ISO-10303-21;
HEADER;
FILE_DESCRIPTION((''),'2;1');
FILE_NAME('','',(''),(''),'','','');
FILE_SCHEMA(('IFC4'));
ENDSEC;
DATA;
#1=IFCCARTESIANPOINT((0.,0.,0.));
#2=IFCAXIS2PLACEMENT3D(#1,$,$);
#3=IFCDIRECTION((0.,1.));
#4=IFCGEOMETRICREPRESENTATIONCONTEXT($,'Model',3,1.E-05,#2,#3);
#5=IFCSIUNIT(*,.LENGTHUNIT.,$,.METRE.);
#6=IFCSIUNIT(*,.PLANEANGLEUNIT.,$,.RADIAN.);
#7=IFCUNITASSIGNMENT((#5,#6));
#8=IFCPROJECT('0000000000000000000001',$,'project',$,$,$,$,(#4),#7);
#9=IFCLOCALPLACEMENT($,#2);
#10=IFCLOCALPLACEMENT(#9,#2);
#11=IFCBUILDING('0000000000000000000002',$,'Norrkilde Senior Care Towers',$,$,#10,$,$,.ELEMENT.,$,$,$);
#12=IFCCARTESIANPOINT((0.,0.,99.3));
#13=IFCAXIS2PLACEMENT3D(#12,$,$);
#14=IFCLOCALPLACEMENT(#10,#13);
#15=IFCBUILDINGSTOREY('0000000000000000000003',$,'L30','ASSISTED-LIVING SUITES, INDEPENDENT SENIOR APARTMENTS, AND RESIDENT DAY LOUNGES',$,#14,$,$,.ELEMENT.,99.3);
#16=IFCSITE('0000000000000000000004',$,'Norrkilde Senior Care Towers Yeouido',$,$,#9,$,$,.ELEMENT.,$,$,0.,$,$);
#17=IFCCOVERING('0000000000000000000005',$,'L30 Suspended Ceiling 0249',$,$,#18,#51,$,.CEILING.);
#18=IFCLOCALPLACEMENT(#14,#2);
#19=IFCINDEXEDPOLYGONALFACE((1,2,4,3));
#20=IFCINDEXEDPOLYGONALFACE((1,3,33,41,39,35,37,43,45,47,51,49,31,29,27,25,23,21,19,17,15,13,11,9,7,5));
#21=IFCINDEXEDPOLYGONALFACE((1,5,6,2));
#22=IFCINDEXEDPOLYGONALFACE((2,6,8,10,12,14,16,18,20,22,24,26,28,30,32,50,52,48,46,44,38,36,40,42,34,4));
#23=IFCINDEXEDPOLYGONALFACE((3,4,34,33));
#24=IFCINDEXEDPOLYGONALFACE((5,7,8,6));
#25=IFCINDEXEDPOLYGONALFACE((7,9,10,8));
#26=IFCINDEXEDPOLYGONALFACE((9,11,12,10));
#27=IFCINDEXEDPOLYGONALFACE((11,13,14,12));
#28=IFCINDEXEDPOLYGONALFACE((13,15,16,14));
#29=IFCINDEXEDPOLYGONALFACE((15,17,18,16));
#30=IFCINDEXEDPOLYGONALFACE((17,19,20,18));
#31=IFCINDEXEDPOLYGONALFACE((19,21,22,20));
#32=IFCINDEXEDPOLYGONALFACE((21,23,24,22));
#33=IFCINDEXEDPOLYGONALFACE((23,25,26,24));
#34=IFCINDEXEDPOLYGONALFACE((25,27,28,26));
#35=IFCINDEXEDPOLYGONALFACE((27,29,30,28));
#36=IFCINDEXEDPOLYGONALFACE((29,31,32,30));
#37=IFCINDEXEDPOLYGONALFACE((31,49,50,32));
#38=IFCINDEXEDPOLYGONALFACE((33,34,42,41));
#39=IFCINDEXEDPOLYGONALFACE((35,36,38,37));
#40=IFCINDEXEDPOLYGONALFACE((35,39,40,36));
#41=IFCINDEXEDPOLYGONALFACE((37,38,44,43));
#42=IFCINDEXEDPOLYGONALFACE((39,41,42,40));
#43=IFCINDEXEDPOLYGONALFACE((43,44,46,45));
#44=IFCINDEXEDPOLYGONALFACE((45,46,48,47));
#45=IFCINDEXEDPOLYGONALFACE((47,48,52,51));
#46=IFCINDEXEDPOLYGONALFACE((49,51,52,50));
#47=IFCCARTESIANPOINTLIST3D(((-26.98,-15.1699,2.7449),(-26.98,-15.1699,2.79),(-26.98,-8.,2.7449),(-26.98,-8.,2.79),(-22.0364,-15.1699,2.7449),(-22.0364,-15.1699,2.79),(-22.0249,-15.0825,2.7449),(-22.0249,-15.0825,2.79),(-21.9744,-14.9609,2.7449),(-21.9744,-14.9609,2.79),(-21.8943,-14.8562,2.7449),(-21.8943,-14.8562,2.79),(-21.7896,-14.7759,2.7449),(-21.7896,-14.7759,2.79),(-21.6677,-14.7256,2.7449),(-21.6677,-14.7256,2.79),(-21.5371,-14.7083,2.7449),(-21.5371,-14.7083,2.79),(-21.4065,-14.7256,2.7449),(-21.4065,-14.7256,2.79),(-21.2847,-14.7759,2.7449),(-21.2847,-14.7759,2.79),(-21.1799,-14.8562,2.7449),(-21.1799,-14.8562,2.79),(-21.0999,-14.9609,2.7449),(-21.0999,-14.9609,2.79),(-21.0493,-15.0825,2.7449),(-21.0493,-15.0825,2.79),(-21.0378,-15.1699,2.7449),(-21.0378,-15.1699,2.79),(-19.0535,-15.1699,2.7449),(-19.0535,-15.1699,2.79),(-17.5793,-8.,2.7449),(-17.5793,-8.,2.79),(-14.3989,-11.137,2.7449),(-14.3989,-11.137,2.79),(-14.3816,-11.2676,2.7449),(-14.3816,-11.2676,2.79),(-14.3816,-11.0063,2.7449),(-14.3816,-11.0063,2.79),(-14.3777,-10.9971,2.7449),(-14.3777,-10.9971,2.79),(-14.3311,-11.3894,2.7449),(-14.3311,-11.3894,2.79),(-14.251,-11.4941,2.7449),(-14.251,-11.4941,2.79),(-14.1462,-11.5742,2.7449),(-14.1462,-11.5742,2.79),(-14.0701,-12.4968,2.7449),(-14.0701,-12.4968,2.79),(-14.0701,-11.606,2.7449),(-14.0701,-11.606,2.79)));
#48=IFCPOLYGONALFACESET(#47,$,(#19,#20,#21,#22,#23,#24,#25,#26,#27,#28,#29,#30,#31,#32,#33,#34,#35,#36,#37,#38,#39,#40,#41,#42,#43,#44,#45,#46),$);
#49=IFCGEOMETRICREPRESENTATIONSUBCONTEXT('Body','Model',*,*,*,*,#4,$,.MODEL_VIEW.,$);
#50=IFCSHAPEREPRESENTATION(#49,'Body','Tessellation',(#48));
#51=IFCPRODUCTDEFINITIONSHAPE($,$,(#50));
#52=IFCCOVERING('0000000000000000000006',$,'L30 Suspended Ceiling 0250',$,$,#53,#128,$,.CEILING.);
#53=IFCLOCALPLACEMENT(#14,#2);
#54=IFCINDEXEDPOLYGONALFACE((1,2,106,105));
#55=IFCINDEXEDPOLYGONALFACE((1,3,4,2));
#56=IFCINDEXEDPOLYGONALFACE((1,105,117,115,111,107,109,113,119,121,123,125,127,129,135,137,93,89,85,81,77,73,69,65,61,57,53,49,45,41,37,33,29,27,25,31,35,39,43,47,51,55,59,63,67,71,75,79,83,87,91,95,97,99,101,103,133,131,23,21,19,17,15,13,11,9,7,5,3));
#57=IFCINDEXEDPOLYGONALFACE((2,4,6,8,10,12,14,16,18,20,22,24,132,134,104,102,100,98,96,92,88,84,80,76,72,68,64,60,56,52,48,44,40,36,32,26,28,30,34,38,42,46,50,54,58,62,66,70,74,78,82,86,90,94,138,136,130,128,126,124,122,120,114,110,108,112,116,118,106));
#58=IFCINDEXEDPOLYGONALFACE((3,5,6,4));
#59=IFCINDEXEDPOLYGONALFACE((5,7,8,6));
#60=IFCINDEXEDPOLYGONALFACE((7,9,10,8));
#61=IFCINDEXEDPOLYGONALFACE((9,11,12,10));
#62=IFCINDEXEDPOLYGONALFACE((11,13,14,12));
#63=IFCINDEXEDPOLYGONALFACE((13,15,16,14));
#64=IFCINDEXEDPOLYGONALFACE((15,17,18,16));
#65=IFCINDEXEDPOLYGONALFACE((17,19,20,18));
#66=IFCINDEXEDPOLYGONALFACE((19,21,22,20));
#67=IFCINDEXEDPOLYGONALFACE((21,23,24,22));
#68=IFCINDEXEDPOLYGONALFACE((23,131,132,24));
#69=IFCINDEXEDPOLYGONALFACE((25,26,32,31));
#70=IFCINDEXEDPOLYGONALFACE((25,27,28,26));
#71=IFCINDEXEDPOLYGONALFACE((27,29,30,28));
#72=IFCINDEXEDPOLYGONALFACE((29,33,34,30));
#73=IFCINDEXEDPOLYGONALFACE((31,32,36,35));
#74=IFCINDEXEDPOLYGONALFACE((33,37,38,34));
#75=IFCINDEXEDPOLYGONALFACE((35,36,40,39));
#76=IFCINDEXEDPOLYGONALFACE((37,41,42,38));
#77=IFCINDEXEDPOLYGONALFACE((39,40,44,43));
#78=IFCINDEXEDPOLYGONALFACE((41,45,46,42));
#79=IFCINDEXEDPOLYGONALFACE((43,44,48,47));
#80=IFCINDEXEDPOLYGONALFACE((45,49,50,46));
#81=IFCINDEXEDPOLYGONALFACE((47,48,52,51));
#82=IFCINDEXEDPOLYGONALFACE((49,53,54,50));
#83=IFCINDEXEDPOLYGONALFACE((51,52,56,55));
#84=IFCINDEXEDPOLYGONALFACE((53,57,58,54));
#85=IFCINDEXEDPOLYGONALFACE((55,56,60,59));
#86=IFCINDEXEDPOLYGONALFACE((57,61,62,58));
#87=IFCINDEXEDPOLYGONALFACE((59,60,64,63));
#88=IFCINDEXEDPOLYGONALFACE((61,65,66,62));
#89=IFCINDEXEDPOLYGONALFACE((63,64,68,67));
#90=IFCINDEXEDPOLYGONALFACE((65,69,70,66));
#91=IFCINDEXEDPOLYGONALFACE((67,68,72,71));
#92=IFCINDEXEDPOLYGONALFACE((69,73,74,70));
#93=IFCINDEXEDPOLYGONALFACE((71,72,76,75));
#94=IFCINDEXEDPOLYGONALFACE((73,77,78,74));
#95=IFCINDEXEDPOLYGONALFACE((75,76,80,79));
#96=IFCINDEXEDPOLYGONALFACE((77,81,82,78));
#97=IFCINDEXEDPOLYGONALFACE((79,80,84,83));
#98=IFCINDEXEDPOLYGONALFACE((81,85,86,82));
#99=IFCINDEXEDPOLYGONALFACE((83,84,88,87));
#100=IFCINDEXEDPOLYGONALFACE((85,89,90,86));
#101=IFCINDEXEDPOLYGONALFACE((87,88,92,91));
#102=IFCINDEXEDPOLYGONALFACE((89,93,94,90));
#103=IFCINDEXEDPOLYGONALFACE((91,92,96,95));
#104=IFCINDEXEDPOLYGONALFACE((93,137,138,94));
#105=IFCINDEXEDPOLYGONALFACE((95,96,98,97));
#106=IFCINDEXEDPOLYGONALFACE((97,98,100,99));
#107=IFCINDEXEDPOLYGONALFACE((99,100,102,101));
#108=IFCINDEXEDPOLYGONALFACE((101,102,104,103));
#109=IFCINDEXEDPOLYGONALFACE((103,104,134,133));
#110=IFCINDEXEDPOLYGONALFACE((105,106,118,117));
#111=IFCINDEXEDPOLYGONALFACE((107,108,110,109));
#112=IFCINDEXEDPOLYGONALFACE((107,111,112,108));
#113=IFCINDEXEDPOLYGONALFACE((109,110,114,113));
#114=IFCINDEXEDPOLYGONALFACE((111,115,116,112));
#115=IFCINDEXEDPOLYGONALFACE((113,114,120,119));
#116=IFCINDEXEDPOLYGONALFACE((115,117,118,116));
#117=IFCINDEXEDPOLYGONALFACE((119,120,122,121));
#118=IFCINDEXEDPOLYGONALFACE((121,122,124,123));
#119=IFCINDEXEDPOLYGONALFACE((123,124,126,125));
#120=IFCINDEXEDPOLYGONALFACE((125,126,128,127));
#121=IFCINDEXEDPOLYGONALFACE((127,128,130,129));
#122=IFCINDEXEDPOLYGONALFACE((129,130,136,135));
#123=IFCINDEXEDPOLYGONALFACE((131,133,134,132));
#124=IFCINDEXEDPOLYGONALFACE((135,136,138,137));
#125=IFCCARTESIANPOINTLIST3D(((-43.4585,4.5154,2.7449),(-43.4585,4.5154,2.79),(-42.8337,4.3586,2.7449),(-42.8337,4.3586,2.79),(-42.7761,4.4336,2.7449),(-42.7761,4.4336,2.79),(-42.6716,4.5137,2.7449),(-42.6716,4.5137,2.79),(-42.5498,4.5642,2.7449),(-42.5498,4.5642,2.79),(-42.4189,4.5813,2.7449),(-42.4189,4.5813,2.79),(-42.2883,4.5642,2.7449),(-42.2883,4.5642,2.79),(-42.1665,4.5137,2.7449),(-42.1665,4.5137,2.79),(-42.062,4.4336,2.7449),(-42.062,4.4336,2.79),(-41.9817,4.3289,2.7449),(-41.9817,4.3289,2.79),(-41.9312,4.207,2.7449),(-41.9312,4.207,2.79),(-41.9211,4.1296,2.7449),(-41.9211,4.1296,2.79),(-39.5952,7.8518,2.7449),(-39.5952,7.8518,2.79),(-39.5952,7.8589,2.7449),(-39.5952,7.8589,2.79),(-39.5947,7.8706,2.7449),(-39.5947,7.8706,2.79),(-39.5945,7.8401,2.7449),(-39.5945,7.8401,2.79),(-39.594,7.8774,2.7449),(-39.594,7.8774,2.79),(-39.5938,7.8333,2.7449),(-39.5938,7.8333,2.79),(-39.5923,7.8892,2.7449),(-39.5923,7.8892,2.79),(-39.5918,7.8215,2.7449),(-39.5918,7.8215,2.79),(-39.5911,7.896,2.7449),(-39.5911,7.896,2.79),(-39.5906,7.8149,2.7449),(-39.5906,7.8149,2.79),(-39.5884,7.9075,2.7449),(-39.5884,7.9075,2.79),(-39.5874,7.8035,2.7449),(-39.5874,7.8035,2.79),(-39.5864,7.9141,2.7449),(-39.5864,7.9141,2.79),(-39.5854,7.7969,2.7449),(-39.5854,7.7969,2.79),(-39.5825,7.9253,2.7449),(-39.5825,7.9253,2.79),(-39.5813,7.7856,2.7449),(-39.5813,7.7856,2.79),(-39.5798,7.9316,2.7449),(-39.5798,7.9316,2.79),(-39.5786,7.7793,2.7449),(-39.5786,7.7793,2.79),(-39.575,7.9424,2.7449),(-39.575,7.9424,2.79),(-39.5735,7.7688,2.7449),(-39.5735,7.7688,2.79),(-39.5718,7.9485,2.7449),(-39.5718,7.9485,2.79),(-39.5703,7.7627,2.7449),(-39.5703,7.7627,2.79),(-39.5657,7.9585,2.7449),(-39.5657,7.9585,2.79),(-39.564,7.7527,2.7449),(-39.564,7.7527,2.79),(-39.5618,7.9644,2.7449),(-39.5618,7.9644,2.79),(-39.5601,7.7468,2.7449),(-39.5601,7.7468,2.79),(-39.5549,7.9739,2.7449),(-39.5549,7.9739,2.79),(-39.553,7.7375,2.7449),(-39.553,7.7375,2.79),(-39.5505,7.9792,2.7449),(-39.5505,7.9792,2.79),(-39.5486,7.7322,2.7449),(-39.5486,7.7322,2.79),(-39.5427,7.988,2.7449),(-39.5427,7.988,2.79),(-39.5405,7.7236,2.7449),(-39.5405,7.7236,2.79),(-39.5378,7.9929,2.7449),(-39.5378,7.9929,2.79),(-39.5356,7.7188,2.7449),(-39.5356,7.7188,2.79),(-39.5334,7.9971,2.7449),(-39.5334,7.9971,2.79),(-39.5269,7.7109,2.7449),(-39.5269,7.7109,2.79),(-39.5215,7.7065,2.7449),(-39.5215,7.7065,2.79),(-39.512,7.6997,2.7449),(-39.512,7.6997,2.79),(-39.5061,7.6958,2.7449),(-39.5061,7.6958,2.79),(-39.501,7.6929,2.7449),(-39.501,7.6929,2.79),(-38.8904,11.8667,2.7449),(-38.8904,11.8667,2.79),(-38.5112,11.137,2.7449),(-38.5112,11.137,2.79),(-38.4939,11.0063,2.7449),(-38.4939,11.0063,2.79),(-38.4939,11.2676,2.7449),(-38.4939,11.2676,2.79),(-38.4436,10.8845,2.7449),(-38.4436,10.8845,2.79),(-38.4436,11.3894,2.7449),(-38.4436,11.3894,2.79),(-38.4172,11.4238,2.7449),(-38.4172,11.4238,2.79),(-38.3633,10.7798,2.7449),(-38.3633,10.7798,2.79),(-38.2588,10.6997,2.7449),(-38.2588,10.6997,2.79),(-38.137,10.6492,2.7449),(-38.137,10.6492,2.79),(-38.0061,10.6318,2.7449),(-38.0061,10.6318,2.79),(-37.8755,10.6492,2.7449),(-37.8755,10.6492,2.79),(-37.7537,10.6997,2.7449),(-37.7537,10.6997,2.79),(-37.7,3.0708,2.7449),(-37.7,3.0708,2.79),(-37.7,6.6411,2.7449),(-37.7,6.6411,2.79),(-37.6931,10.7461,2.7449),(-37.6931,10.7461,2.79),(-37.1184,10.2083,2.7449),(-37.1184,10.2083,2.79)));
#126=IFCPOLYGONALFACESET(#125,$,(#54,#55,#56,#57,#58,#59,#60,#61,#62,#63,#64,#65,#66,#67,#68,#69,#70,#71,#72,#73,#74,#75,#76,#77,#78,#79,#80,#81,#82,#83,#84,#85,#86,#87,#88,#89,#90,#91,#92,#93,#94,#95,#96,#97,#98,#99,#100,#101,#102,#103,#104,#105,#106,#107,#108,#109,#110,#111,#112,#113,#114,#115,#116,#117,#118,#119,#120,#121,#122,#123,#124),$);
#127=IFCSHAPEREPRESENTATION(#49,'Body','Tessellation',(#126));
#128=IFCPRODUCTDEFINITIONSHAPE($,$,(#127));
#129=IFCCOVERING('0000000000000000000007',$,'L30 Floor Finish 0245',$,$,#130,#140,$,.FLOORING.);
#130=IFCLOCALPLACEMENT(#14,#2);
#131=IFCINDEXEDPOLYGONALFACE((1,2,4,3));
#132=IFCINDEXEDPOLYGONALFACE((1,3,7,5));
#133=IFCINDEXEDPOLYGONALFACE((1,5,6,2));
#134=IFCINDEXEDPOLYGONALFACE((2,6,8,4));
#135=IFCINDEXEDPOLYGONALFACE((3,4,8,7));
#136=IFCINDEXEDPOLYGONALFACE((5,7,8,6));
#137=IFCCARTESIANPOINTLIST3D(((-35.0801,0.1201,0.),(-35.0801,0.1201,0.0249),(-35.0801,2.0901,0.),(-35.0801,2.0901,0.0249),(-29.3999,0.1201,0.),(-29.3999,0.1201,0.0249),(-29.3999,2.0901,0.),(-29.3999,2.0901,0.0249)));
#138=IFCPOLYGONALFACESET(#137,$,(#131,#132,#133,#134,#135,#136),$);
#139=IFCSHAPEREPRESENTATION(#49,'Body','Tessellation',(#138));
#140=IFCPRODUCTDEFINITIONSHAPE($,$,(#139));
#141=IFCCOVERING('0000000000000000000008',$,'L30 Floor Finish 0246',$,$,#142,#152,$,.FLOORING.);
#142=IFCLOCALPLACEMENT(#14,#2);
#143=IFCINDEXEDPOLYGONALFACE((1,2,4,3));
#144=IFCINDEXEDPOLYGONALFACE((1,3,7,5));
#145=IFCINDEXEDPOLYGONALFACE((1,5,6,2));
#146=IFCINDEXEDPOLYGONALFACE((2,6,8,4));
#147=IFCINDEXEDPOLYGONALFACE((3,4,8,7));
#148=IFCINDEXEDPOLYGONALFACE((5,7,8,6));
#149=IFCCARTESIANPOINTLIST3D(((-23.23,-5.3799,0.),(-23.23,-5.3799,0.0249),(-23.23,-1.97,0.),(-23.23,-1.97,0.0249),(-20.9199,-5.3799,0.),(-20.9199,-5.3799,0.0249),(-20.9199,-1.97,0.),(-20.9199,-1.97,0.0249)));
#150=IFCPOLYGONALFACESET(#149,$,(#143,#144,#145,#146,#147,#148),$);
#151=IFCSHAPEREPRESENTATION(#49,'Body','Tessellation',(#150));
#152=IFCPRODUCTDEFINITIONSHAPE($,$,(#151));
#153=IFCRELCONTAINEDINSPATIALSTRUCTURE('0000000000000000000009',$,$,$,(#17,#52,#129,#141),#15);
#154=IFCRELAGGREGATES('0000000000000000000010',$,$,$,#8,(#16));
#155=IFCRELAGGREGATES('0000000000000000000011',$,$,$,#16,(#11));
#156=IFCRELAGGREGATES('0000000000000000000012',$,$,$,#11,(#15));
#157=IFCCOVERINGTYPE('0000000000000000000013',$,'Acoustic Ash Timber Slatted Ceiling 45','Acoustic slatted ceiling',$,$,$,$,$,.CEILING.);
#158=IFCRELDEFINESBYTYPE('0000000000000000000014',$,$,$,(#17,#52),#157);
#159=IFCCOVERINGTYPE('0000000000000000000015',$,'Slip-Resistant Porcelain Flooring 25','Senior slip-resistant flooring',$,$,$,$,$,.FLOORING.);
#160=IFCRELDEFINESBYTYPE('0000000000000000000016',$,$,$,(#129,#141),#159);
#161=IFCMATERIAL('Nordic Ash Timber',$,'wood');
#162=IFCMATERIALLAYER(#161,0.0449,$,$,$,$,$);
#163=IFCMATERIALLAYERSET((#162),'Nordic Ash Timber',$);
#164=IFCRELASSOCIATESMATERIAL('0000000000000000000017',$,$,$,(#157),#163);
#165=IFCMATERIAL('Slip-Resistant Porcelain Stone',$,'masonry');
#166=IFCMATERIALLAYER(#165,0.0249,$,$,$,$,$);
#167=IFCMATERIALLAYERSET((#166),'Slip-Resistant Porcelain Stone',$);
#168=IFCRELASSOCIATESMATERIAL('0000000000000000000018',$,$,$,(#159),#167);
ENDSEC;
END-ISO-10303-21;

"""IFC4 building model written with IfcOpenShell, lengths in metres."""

from ifc_helpers import new_model, si_unit, direction, frame, origin, place, context, subcontext, project, spatial, polyline, outline, extrude, material, layer, layer_set, type_object, element, save


model = new_model("IFC4")

# Units and contexts
model_context = context("Model", 3, precision=1e-05, world=origin(), true_north=direction((0.0, 1.0)))
body_context = subcontext(model_context, "Body", "Model", "MODEL_VIEW")
ifc_project = project(units=[si_unit("LENGTHUNIT", "METRE"), si_unit("PLANEANGLEUNIT", "RADIAN")], contexts=[model_context])

# Site, building, storey
site_placement = place(None, origin())
site = spatial("IfcSite", under=ifc_project, at=site_placement, Name="Norrkilde Senior Care Towers Yeouido", CompositionType="ELEMENT", RefElevation=0.0)
building_placement = place(site_placement, origin())
building = spatial("IfcBuilding", under=site, at=building_placement, Name="Norrkilde Senior Care Towers", CompositionType="ELEMENT")
storey_placement = place(building_placement, frame((0.0, 0.0, 99.3)))
storey = spatial("IfcBuildingStorey", under=building, at=storey_placement, Name="L30", Description="ASSISTED-LIVING SUITES, INDEPENDENT SENIOR APARTMENTS, AND RESIDENT DAY LOUNGES", CompositionType="ELEMENT", Elevation=99.3)

# Coverings
ifc_material_1 = material(Name="Nordic Ash Timber", Category="wood")
ifc_layer_1 = layer(ifc_material_1, 0.0449)
ifc_layer_set_1 = layer_set([ifc_layer_1], Name="Nordic Ash Timber")
covering_type_1 = type_object("IfcCoveringType", Name="Acoustic Ash Timber Slatted Ceiling 45", Description="Acoustic slatted ceiling", PredefinedType="CEILING", material=ifc_layer_set_1)
covering_1_placement = place(storey_placement, frame((0.0, 0.0, 2.7449)))
element("IfcCovering", 1, at=covering_1_placement, inside=storey, type_object=covering_type_1, Name="L30 Suspended Ceiling 0249", PredefinedType="CEILING", context=body_context, shape_type="SweptSolid", body=[
    extrude(outline(polyline([(-19.0535, -15.1699), (-21.0378, -15.1699), (-21.0493, -15.0825), (-21.0999, -14.9609), (-21.1799, -14.8562), (-21.2847, -14.7759), (-21.4065, -14.7256), (-21.5371, -14.7083), (-21.6677, -14.7256), (-21.7896, -14.7759), (-21.8943, -14.8562), (-21.9744, -14.9609), (-22.0249, -15.0825), (-22.0364, -15.1699), (-26.98, -15.1699), (-26.98, -8.0), (-17.5793, -8.0), (-14.3777, -10.9971), (-14.3816, -11.0063), (-14.3989, -11.137), (-14.3816, -11.2676), (-14.3311, -11.3894), (-14.251, -11.4941), (-14.1462, -11.5742), (-14.0701, -11.606), (-14.0701, -12.4968), (-19.0535, -15.1699)])), origin(), (0.0, 0.0, 1.0), 0.0452),
])
covering_2_placement = place(storey_placement, frame((0.0, 0.0, 2.7449)))
element("IfcCovering", 2, at=covering_2_placement, inside=storey, type_object=covering_type_1, Name="L30 Suspended Ceiling 0250", PredefinedType="CEILING", context=body_context, shape_type="SweptSolid", body=[
    extrude(outline(polyline([(-39.5618, 7.9644), (-39.5657, 7.9585), (-39.5718, 7.9485), (-39.575, 7.9424), (-39.5798, 7.9316), (-39.5825, 7.9253), (-39.5864, 7.9141), (-39.5884, 7.9075), (-39.5911, 7.896), (-39.5923, 7.8892), (-39.594, 7.8774), (-39.5947, 7.8706), (-39.5952, 7.8589), (-39.5952, 7.8518), (-39.5945, 7.8401), (-39.5938, 7.8333), (-39.5918, 7.8215), (-39.5906, 7.8149), (-39.5874, 7.8035), (-39.5854, 7.7969), (-39.5813, 7.7856), (-39.5786, 7.7793), (-39.5735, 7.7688), (-39.5703, 7.7627), (-39.564, 7.7527), (-39.5601, 7.7468), (-39.553, 7.7375), (-39.5486, 7.7322), (-39.5405, 7.7236), (-39.5356, 7.7188), (-39.5269, 7.7109), (-39.5215, 7.7065), (-39.512, 7.6997), (-39.5061, 7.6958), (-39.501, 7.6929), (-37.7, 6.6411), (-37.7, 3.0708), (-41.9211, 4.1296), (-41.9312, 4.207), (-41.9817, 4.3289), (-42.062, 4.4336), (-42.1665, 4.5137), (-42.2883, 4.5642), (-42.4189, 4.5813), (-42.5498, 4.5642), (-42.6716, 4.5137), (-42.7761, 4.4336), (-42.8337, 4.3586), (-43.4585, 4.5154), (-38.8904, 11.8667), (-38.4172, 11.4238), (-38.4436, 11.3894), (-38.4939, 11.2676), (-38.5112, 11.137), (-38.4939, 11.0063), (-38.4436, 10.8845), (-38.3633, 10.7798), (-38.2588, 10.6997), (-38.137, 10.6492), (-38.0061, 10.6318), (-37.8755, 10.6492), (-37.7537, 10.6997), (-37.6931, 10.7461), (-37.1184, 10.2083), (-39.5334, 7.9971), (-39.5378, 7.9929), (-39.5427, 7.988), (-39.5505, 7.9792), (-39.5549, 7.9739), (-39.5618, 7.9644)])), origin(), (0.0, 0.0, 1.0), 0.0452),
])
ifc_material_2 = material(Name="Slip-Resistant Porcelain Stone", Category="masonry")
ifc_layer_2 = layer(ifc_material_2, 0.0249)
ifc_layer_set_2 = layer_set([ifc_layer_2], Name="Slip-Resistant Porcelain Stone")
covering_type_2 = type_object("IfcCoveringType", Name="Slip-Resistant Porcelain Flooring 25", Description="Senior slip-resistant flooring", PredefinedType="FLOORING", material=ifc_layer_set_2)
covering_3_placement = place(storey_placement, origin())
element("IfcCovering", 3, at=covering_3_placement, inside=storey, type_object=covering_type_2, Name="L30 Floor Finish 0245", PredefinedType="FLOORING", context=body_context, shape_type="SweptSolid", body=[
    extrude(outline(polyline([(-29.3999, 0.1201), (-35.0801, 0.1201), (-35.0801, 2.0901), (-29.3999, 2.0901), (-29.3999, 0.1201)])), origin(), (0.0, 0.0, 1.0), 0.0249),
])
covering_4_placement = place(storey_placement, origin())
element("IfcCovering", 4, at=covering_4_placement, inside=storey, type_object=covering_type_2, Name="L30 Floor Finish 0246", PredefinedType="FLOORING", context=body_context, shape_type="SweptSolid", body=[
    extrude(outline(polyline([(-23.23, -5.3799), (-23.23, -1.97), (-20.9199, -1.97), (-20.9199, -5.3799), (-23.23, -5.3799)])), origin(), (0.0, 0.0, 1.0), 0.0249),
])

save(model, "model.ifc")
